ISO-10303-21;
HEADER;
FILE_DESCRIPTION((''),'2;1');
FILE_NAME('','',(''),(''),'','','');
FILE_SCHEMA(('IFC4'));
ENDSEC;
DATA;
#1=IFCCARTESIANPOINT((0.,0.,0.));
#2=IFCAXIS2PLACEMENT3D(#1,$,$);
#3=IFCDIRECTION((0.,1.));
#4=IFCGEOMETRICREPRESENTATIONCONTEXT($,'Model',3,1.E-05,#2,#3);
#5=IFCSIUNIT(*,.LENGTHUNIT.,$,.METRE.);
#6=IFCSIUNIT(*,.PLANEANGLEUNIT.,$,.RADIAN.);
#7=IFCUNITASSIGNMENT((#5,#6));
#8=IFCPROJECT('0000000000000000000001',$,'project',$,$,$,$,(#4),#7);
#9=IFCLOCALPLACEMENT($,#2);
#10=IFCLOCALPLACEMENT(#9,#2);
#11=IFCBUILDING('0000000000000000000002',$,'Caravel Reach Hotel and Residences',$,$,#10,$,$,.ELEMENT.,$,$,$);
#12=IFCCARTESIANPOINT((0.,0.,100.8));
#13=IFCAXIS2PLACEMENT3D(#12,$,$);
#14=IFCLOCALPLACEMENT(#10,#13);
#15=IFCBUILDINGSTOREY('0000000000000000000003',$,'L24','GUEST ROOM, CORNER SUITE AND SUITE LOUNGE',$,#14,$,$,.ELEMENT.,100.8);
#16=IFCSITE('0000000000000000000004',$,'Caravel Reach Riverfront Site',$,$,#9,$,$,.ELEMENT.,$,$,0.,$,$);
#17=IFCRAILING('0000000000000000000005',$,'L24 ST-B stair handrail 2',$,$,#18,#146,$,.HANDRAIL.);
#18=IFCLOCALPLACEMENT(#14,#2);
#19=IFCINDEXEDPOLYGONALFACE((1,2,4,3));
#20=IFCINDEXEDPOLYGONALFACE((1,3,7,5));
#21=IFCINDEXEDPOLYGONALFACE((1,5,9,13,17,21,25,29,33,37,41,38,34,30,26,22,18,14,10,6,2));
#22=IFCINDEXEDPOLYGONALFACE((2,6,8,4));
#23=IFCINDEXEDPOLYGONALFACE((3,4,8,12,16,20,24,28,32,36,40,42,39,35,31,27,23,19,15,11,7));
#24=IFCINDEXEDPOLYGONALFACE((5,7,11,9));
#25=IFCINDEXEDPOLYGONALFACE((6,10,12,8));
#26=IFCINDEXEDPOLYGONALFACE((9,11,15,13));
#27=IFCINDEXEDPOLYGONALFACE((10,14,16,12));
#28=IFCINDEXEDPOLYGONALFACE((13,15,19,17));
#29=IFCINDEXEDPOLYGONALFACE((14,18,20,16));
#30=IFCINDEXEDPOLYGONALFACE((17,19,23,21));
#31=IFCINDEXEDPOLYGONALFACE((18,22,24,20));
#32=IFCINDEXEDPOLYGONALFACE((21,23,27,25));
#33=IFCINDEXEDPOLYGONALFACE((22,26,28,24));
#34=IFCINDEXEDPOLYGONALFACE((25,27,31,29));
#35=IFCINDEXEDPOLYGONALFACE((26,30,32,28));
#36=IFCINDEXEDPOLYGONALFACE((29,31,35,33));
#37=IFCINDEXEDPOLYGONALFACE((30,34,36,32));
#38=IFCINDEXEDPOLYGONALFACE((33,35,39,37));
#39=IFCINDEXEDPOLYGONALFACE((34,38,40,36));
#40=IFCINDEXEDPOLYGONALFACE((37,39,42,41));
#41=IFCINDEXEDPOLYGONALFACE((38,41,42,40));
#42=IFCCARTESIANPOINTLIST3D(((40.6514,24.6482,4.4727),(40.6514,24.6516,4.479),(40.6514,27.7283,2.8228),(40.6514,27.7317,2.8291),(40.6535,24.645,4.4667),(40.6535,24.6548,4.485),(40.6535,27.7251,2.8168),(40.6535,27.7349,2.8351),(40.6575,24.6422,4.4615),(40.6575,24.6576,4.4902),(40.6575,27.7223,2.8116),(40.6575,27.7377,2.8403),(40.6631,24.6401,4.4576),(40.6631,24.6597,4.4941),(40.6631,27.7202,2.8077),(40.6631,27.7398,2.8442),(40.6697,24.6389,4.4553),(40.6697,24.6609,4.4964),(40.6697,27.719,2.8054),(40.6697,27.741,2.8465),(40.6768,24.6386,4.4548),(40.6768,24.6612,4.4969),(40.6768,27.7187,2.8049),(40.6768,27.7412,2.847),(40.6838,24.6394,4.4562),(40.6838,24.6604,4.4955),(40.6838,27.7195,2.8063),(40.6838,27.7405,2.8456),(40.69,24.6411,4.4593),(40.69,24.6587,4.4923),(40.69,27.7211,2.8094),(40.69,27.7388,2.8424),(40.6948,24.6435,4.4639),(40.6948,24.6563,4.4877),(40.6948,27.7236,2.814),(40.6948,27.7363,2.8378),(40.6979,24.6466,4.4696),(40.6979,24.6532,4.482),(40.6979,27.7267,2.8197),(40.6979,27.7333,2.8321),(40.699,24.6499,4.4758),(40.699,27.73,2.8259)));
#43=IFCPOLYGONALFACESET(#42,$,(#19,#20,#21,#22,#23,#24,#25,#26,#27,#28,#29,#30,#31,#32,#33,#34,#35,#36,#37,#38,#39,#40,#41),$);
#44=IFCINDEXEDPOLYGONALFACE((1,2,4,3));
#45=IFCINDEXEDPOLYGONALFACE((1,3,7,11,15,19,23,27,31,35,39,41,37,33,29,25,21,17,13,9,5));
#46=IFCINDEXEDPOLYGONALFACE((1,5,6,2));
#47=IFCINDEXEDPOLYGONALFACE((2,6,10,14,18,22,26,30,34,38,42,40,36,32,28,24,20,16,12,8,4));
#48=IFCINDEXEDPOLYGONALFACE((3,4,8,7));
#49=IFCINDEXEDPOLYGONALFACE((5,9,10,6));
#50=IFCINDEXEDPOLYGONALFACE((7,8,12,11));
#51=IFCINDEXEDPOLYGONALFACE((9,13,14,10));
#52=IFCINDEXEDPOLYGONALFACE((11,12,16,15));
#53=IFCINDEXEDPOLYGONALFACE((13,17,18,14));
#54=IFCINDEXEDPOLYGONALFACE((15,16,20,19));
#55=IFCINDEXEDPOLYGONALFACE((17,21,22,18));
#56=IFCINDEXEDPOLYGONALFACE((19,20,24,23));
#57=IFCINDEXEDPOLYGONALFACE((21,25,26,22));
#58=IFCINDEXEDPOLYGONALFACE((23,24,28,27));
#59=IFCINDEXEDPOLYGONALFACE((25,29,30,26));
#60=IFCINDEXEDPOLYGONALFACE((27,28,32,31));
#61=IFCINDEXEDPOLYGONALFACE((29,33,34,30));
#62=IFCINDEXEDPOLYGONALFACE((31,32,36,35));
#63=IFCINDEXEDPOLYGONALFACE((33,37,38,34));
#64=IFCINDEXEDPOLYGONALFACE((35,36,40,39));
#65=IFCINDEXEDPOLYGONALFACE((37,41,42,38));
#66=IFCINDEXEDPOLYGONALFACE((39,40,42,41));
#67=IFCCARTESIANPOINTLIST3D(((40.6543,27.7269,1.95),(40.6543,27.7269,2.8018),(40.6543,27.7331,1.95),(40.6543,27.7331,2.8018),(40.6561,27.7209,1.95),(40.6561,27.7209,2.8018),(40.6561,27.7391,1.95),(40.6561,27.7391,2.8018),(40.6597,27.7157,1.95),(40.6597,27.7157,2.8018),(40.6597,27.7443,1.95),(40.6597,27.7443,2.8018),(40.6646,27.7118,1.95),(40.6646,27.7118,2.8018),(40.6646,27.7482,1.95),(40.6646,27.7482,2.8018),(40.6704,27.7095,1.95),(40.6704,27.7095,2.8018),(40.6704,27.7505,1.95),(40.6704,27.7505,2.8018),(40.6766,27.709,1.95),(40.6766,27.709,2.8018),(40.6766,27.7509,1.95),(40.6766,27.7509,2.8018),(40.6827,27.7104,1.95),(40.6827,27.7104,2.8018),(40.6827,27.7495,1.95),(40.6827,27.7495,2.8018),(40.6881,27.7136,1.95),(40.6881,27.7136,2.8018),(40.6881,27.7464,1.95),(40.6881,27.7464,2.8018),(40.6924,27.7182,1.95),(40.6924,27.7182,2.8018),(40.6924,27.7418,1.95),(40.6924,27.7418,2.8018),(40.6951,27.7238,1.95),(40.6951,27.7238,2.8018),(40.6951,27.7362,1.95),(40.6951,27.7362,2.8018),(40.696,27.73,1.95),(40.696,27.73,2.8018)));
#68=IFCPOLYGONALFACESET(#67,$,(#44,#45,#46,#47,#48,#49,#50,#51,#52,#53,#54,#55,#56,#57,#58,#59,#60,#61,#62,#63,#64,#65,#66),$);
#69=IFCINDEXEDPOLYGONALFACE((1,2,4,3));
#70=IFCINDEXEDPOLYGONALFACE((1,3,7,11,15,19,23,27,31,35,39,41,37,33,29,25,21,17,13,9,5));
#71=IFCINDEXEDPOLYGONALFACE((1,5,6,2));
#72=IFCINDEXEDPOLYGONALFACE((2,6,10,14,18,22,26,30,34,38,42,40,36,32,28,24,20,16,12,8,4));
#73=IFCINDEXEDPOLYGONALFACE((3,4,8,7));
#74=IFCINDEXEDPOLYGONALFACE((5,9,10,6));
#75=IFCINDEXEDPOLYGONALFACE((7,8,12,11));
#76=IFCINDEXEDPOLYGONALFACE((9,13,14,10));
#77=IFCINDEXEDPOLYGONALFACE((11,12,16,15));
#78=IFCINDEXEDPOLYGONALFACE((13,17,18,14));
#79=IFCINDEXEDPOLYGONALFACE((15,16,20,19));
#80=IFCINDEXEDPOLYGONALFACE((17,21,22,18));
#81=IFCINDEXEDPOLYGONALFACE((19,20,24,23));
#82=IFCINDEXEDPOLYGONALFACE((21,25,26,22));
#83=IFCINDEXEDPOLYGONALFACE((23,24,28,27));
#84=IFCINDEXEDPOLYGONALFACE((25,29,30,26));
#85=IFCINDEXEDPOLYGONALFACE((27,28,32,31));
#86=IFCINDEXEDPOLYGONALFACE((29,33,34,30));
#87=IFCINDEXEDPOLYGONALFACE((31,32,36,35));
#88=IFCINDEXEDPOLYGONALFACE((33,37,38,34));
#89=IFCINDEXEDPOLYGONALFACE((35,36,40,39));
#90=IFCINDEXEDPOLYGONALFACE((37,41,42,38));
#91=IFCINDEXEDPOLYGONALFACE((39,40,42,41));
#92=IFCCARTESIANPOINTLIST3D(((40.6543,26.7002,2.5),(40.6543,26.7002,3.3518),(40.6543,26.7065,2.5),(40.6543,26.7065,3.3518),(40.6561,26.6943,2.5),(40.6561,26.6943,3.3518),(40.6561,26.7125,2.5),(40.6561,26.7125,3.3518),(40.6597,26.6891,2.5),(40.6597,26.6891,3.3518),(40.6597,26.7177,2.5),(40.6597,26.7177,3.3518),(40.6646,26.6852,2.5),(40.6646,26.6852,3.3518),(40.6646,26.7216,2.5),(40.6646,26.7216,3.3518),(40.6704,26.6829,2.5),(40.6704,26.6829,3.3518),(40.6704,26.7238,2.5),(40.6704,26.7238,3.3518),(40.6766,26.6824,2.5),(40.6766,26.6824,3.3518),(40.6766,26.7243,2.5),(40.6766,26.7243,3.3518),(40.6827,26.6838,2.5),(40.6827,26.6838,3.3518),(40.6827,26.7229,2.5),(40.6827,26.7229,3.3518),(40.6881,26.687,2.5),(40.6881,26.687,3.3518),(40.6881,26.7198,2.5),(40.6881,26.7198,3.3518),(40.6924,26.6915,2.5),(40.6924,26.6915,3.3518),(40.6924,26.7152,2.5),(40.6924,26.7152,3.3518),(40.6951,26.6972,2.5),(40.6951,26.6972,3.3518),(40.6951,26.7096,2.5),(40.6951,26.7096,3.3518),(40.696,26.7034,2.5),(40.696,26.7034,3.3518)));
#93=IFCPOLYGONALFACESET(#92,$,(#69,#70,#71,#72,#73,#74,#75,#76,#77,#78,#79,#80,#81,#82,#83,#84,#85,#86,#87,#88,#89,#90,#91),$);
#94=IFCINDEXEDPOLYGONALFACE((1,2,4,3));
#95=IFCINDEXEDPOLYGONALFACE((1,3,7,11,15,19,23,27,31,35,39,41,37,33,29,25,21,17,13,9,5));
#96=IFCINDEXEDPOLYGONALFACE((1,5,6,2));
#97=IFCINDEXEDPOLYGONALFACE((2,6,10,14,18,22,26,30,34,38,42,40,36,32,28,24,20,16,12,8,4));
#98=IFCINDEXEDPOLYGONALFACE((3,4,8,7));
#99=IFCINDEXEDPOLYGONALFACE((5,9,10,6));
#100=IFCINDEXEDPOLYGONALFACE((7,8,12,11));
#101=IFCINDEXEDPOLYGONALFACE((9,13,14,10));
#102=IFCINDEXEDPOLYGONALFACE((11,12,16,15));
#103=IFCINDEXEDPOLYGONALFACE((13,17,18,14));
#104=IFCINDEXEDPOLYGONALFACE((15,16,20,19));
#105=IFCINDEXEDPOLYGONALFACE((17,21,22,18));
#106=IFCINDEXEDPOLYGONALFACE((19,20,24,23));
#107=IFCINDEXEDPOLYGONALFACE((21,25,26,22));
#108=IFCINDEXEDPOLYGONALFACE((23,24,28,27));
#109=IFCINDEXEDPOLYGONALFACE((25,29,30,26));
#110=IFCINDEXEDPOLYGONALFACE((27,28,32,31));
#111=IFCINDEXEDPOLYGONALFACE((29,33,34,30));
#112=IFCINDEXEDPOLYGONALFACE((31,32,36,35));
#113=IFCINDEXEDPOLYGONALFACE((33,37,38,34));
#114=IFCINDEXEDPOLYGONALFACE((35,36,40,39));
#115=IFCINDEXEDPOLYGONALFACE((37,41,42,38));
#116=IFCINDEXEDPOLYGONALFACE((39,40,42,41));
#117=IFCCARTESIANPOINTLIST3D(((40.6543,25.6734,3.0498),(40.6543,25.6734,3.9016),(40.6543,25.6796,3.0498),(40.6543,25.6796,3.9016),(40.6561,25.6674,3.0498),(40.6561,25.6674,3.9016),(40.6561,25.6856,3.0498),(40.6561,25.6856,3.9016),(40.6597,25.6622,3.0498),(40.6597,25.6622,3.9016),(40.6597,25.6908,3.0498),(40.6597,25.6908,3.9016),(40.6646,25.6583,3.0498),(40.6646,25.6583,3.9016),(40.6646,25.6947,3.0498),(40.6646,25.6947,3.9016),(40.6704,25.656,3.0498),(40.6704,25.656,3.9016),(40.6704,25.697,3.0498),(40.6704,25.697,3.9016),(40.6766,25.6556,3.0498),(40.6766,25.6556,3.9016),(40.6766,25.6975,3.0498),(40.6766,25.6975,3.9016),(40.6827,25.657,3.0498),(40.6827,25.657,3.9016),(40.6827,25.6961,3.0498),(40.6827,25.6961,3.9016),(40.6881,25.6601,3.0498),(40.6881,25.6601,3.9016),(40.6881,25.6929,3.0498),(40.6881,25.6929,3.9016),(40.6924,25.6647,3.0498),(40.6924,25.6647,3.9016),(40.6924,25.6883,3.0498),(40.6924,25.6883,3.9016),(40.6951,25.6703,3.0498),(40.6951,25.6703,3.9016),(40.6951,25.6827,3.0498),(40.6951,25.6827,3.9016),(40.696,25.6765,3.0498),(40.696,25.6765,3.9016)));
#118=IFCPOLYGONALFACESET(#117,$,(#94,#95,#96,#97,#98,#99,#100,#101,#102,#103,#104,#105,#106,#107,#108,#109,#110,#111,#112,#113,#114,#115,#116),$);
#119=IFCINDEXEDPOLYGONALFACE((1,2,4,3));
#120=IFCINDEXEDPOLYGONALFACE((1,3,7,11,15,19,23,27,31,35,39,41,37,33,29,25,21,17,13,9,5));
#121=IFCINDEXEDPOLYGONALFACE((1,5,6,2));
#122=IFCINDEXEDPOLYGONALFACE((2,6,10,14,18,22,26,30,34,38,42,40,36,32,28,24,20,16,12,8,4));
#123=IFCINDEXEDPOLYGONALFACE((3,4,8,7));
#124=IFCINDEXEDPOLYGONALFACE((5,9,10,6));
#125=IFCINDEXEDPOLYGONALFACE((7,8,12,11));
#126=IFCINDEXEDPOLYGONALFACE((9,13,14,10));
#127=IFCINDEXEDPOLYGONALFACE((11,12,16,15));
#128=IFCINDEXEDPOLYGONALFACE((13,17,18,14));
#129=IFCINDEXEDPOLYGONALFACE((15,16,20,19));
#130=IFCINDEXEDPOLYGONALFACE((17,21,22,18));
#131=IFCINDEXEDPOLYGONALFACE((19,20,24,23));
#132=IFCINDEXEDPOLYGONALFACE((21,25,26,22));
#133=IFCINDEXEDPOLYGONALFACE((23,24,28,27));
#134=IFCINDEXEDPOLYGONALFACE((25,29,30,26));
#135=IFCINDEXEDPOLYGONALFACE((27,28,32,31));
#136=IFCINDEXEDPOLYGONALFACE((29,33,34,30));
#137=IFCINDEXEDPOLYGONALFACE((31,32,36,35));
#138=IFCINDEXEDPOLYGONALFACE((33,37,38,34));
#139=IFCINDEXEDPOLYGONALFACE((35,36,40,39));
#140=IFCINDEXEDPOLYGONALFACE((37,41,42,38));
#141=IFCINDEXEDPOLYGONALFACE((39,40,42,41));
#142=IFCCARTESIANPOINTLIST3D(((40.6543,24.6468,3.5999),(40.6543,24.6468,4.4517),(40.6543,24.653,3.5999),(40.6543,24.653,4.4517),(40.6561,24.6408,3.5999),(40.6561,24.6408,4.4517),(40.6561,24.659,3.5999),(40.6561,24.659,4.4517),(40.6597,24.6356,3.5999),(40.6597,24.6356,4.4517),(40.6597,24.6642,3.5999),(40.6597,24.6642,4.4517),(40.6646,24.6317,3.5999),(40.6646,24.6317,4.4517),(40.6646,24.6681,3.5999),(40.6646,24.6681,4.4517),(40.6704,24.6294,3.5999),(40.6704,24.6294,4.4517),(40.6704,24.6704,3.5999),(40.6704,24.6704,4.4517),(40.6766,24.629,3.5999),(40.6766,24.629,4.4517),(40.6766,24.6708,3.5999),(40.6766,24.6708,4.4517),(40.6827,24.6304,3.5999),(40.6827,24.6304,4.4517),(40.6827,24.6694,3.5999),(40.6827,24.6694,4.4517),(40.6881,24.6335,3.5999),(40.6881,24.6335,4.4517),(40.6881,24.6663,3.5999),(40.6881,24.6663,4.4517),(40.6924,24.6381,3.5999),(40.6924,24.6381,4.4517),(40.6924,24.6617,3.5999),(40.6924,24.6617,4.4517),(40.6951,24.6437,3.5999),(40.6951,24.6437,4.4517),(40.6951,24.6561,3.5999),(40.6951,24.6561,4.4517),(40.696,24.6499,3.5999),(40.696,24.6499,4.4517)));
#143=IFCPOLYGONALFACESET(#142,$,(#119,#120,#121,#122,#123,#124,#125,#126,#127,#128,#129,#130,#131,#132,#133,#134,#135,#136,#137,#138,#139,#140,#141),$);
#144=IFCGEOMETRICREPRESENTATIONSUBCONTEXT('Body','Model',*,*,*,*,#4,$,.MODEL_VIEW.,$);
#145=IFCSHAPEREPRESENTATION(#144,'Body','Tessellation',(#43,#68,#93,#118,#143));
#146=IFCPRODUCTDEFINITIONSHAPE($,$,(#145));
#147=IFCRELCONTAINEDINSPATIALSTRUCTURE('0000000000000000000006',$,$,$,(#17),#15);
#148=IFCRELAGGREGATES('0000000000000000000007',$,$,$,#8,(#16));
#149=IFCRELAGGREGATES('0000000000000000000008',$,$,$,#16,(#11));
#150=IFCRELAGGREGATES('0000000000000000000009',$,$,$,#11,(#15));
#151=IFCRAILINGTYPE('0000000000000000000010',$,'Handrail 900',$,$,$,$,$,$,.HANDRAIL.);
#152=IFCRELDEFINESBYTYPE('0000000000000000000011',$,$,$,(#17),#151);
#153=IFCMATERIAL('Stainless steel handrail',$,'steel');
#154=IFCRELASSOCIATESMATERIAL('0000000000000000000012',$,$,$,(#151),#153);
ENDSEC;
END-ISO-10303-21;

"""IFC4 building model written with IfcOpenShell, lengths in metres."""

from ifc_helpers import new_model, si_unit, direction, frame, origin, origin_2d, place, context, subcontext, project, spatial, circle, extrude, material, type_object, element, save


model = new_model("IFC4")

# Units and contexts
model_context = context("Model", 3, precision=1e-05, world=origin(), true_north=direction((0.0, 1.0)))
body_context = subcontext(model_context, "Body", "Model", "MODEL_VIEW")
ifc_project = project(units=[si_unit("LENGTHUNIT", "METRE"), si_unit("PLANEANGLEUNIT", "RADIAN")], contexts=[model_context])

# Site, building, storey
site_placement = place(None, origin())
site = spatial("IfcSite", under=ifc_project, at=site_placement, Name="Caravel Reach Riverfront Site", CompositionType="ELEMENT", RefElevation=0.0)
building_placement = place(site_placement, origin())
building = spatial("IfcBuilding", under=site, at=building_placement, Name="Caravel Reach Hotel and Residences", CompositionType="ELEMENT")
storey_placement = place(building_placement, frame((0.0, 0.0, 100.8)))
storey = spatial("IfcBuildingStorey", under=building, at=storey_placement, Name="L24", Description="GUEST ROOM, CORNER SUITE AND SUITE LOUNGE", CompositionType="ELEMENT", Elevation=100.8)

# Railing
ifc_material_1 = material(Name="Stainless steel handrail", Category="steel")
railing_type_1 = type_object("IfcRailingType", Name="Handrail 900", PredefinedType="HANDRAIL", material=ifc_material_1)
railing_1_placement = place(storey_placement, frame((40.675, 27.73, 1.95)))
element("IfcRailing", 1, at=railing_1_placement, inside=storey, type_object=railing_type_1, Name="L24 ST-B stair handrail 2", PredefinedType="HANDRAIL", context=body_context, shape_type="SweptSolid", body=[
    extrude(circle(Radius=0.0239, at=origin_2d()), frame((0.0, 0.0, 0.876), z_axis=(0.0, -0.881497, 0.47219), x_axis=(1.0, 0.0, 0.0)), (0.0, 0.0, 1.0), 3.4941),
    extrude(circle(Radius=0.021, at=origin_2d()), origin(), (0.0, 0.0, 1.0), 0.8518),
    extrude(circle(Radius=0.021, at=origin_2d()), frame((0.0, -1.0266, 0.55)), (0.0, 0.0, 1.0), 0.8518),
    extrude(circle(Radius=0.021, at=origin_2d()), frame((0.0, -2.0535, 1.0999)), (0.0, 0.0, 1.0), 0.8518),
    extrude(circle(Radius=0.021, at=origin_2d()), frame((0.0, -3.0801, 1.6499)), (0.0, 0.0, 1.0), 0.8518),
])

save(model, "model.ifc")
